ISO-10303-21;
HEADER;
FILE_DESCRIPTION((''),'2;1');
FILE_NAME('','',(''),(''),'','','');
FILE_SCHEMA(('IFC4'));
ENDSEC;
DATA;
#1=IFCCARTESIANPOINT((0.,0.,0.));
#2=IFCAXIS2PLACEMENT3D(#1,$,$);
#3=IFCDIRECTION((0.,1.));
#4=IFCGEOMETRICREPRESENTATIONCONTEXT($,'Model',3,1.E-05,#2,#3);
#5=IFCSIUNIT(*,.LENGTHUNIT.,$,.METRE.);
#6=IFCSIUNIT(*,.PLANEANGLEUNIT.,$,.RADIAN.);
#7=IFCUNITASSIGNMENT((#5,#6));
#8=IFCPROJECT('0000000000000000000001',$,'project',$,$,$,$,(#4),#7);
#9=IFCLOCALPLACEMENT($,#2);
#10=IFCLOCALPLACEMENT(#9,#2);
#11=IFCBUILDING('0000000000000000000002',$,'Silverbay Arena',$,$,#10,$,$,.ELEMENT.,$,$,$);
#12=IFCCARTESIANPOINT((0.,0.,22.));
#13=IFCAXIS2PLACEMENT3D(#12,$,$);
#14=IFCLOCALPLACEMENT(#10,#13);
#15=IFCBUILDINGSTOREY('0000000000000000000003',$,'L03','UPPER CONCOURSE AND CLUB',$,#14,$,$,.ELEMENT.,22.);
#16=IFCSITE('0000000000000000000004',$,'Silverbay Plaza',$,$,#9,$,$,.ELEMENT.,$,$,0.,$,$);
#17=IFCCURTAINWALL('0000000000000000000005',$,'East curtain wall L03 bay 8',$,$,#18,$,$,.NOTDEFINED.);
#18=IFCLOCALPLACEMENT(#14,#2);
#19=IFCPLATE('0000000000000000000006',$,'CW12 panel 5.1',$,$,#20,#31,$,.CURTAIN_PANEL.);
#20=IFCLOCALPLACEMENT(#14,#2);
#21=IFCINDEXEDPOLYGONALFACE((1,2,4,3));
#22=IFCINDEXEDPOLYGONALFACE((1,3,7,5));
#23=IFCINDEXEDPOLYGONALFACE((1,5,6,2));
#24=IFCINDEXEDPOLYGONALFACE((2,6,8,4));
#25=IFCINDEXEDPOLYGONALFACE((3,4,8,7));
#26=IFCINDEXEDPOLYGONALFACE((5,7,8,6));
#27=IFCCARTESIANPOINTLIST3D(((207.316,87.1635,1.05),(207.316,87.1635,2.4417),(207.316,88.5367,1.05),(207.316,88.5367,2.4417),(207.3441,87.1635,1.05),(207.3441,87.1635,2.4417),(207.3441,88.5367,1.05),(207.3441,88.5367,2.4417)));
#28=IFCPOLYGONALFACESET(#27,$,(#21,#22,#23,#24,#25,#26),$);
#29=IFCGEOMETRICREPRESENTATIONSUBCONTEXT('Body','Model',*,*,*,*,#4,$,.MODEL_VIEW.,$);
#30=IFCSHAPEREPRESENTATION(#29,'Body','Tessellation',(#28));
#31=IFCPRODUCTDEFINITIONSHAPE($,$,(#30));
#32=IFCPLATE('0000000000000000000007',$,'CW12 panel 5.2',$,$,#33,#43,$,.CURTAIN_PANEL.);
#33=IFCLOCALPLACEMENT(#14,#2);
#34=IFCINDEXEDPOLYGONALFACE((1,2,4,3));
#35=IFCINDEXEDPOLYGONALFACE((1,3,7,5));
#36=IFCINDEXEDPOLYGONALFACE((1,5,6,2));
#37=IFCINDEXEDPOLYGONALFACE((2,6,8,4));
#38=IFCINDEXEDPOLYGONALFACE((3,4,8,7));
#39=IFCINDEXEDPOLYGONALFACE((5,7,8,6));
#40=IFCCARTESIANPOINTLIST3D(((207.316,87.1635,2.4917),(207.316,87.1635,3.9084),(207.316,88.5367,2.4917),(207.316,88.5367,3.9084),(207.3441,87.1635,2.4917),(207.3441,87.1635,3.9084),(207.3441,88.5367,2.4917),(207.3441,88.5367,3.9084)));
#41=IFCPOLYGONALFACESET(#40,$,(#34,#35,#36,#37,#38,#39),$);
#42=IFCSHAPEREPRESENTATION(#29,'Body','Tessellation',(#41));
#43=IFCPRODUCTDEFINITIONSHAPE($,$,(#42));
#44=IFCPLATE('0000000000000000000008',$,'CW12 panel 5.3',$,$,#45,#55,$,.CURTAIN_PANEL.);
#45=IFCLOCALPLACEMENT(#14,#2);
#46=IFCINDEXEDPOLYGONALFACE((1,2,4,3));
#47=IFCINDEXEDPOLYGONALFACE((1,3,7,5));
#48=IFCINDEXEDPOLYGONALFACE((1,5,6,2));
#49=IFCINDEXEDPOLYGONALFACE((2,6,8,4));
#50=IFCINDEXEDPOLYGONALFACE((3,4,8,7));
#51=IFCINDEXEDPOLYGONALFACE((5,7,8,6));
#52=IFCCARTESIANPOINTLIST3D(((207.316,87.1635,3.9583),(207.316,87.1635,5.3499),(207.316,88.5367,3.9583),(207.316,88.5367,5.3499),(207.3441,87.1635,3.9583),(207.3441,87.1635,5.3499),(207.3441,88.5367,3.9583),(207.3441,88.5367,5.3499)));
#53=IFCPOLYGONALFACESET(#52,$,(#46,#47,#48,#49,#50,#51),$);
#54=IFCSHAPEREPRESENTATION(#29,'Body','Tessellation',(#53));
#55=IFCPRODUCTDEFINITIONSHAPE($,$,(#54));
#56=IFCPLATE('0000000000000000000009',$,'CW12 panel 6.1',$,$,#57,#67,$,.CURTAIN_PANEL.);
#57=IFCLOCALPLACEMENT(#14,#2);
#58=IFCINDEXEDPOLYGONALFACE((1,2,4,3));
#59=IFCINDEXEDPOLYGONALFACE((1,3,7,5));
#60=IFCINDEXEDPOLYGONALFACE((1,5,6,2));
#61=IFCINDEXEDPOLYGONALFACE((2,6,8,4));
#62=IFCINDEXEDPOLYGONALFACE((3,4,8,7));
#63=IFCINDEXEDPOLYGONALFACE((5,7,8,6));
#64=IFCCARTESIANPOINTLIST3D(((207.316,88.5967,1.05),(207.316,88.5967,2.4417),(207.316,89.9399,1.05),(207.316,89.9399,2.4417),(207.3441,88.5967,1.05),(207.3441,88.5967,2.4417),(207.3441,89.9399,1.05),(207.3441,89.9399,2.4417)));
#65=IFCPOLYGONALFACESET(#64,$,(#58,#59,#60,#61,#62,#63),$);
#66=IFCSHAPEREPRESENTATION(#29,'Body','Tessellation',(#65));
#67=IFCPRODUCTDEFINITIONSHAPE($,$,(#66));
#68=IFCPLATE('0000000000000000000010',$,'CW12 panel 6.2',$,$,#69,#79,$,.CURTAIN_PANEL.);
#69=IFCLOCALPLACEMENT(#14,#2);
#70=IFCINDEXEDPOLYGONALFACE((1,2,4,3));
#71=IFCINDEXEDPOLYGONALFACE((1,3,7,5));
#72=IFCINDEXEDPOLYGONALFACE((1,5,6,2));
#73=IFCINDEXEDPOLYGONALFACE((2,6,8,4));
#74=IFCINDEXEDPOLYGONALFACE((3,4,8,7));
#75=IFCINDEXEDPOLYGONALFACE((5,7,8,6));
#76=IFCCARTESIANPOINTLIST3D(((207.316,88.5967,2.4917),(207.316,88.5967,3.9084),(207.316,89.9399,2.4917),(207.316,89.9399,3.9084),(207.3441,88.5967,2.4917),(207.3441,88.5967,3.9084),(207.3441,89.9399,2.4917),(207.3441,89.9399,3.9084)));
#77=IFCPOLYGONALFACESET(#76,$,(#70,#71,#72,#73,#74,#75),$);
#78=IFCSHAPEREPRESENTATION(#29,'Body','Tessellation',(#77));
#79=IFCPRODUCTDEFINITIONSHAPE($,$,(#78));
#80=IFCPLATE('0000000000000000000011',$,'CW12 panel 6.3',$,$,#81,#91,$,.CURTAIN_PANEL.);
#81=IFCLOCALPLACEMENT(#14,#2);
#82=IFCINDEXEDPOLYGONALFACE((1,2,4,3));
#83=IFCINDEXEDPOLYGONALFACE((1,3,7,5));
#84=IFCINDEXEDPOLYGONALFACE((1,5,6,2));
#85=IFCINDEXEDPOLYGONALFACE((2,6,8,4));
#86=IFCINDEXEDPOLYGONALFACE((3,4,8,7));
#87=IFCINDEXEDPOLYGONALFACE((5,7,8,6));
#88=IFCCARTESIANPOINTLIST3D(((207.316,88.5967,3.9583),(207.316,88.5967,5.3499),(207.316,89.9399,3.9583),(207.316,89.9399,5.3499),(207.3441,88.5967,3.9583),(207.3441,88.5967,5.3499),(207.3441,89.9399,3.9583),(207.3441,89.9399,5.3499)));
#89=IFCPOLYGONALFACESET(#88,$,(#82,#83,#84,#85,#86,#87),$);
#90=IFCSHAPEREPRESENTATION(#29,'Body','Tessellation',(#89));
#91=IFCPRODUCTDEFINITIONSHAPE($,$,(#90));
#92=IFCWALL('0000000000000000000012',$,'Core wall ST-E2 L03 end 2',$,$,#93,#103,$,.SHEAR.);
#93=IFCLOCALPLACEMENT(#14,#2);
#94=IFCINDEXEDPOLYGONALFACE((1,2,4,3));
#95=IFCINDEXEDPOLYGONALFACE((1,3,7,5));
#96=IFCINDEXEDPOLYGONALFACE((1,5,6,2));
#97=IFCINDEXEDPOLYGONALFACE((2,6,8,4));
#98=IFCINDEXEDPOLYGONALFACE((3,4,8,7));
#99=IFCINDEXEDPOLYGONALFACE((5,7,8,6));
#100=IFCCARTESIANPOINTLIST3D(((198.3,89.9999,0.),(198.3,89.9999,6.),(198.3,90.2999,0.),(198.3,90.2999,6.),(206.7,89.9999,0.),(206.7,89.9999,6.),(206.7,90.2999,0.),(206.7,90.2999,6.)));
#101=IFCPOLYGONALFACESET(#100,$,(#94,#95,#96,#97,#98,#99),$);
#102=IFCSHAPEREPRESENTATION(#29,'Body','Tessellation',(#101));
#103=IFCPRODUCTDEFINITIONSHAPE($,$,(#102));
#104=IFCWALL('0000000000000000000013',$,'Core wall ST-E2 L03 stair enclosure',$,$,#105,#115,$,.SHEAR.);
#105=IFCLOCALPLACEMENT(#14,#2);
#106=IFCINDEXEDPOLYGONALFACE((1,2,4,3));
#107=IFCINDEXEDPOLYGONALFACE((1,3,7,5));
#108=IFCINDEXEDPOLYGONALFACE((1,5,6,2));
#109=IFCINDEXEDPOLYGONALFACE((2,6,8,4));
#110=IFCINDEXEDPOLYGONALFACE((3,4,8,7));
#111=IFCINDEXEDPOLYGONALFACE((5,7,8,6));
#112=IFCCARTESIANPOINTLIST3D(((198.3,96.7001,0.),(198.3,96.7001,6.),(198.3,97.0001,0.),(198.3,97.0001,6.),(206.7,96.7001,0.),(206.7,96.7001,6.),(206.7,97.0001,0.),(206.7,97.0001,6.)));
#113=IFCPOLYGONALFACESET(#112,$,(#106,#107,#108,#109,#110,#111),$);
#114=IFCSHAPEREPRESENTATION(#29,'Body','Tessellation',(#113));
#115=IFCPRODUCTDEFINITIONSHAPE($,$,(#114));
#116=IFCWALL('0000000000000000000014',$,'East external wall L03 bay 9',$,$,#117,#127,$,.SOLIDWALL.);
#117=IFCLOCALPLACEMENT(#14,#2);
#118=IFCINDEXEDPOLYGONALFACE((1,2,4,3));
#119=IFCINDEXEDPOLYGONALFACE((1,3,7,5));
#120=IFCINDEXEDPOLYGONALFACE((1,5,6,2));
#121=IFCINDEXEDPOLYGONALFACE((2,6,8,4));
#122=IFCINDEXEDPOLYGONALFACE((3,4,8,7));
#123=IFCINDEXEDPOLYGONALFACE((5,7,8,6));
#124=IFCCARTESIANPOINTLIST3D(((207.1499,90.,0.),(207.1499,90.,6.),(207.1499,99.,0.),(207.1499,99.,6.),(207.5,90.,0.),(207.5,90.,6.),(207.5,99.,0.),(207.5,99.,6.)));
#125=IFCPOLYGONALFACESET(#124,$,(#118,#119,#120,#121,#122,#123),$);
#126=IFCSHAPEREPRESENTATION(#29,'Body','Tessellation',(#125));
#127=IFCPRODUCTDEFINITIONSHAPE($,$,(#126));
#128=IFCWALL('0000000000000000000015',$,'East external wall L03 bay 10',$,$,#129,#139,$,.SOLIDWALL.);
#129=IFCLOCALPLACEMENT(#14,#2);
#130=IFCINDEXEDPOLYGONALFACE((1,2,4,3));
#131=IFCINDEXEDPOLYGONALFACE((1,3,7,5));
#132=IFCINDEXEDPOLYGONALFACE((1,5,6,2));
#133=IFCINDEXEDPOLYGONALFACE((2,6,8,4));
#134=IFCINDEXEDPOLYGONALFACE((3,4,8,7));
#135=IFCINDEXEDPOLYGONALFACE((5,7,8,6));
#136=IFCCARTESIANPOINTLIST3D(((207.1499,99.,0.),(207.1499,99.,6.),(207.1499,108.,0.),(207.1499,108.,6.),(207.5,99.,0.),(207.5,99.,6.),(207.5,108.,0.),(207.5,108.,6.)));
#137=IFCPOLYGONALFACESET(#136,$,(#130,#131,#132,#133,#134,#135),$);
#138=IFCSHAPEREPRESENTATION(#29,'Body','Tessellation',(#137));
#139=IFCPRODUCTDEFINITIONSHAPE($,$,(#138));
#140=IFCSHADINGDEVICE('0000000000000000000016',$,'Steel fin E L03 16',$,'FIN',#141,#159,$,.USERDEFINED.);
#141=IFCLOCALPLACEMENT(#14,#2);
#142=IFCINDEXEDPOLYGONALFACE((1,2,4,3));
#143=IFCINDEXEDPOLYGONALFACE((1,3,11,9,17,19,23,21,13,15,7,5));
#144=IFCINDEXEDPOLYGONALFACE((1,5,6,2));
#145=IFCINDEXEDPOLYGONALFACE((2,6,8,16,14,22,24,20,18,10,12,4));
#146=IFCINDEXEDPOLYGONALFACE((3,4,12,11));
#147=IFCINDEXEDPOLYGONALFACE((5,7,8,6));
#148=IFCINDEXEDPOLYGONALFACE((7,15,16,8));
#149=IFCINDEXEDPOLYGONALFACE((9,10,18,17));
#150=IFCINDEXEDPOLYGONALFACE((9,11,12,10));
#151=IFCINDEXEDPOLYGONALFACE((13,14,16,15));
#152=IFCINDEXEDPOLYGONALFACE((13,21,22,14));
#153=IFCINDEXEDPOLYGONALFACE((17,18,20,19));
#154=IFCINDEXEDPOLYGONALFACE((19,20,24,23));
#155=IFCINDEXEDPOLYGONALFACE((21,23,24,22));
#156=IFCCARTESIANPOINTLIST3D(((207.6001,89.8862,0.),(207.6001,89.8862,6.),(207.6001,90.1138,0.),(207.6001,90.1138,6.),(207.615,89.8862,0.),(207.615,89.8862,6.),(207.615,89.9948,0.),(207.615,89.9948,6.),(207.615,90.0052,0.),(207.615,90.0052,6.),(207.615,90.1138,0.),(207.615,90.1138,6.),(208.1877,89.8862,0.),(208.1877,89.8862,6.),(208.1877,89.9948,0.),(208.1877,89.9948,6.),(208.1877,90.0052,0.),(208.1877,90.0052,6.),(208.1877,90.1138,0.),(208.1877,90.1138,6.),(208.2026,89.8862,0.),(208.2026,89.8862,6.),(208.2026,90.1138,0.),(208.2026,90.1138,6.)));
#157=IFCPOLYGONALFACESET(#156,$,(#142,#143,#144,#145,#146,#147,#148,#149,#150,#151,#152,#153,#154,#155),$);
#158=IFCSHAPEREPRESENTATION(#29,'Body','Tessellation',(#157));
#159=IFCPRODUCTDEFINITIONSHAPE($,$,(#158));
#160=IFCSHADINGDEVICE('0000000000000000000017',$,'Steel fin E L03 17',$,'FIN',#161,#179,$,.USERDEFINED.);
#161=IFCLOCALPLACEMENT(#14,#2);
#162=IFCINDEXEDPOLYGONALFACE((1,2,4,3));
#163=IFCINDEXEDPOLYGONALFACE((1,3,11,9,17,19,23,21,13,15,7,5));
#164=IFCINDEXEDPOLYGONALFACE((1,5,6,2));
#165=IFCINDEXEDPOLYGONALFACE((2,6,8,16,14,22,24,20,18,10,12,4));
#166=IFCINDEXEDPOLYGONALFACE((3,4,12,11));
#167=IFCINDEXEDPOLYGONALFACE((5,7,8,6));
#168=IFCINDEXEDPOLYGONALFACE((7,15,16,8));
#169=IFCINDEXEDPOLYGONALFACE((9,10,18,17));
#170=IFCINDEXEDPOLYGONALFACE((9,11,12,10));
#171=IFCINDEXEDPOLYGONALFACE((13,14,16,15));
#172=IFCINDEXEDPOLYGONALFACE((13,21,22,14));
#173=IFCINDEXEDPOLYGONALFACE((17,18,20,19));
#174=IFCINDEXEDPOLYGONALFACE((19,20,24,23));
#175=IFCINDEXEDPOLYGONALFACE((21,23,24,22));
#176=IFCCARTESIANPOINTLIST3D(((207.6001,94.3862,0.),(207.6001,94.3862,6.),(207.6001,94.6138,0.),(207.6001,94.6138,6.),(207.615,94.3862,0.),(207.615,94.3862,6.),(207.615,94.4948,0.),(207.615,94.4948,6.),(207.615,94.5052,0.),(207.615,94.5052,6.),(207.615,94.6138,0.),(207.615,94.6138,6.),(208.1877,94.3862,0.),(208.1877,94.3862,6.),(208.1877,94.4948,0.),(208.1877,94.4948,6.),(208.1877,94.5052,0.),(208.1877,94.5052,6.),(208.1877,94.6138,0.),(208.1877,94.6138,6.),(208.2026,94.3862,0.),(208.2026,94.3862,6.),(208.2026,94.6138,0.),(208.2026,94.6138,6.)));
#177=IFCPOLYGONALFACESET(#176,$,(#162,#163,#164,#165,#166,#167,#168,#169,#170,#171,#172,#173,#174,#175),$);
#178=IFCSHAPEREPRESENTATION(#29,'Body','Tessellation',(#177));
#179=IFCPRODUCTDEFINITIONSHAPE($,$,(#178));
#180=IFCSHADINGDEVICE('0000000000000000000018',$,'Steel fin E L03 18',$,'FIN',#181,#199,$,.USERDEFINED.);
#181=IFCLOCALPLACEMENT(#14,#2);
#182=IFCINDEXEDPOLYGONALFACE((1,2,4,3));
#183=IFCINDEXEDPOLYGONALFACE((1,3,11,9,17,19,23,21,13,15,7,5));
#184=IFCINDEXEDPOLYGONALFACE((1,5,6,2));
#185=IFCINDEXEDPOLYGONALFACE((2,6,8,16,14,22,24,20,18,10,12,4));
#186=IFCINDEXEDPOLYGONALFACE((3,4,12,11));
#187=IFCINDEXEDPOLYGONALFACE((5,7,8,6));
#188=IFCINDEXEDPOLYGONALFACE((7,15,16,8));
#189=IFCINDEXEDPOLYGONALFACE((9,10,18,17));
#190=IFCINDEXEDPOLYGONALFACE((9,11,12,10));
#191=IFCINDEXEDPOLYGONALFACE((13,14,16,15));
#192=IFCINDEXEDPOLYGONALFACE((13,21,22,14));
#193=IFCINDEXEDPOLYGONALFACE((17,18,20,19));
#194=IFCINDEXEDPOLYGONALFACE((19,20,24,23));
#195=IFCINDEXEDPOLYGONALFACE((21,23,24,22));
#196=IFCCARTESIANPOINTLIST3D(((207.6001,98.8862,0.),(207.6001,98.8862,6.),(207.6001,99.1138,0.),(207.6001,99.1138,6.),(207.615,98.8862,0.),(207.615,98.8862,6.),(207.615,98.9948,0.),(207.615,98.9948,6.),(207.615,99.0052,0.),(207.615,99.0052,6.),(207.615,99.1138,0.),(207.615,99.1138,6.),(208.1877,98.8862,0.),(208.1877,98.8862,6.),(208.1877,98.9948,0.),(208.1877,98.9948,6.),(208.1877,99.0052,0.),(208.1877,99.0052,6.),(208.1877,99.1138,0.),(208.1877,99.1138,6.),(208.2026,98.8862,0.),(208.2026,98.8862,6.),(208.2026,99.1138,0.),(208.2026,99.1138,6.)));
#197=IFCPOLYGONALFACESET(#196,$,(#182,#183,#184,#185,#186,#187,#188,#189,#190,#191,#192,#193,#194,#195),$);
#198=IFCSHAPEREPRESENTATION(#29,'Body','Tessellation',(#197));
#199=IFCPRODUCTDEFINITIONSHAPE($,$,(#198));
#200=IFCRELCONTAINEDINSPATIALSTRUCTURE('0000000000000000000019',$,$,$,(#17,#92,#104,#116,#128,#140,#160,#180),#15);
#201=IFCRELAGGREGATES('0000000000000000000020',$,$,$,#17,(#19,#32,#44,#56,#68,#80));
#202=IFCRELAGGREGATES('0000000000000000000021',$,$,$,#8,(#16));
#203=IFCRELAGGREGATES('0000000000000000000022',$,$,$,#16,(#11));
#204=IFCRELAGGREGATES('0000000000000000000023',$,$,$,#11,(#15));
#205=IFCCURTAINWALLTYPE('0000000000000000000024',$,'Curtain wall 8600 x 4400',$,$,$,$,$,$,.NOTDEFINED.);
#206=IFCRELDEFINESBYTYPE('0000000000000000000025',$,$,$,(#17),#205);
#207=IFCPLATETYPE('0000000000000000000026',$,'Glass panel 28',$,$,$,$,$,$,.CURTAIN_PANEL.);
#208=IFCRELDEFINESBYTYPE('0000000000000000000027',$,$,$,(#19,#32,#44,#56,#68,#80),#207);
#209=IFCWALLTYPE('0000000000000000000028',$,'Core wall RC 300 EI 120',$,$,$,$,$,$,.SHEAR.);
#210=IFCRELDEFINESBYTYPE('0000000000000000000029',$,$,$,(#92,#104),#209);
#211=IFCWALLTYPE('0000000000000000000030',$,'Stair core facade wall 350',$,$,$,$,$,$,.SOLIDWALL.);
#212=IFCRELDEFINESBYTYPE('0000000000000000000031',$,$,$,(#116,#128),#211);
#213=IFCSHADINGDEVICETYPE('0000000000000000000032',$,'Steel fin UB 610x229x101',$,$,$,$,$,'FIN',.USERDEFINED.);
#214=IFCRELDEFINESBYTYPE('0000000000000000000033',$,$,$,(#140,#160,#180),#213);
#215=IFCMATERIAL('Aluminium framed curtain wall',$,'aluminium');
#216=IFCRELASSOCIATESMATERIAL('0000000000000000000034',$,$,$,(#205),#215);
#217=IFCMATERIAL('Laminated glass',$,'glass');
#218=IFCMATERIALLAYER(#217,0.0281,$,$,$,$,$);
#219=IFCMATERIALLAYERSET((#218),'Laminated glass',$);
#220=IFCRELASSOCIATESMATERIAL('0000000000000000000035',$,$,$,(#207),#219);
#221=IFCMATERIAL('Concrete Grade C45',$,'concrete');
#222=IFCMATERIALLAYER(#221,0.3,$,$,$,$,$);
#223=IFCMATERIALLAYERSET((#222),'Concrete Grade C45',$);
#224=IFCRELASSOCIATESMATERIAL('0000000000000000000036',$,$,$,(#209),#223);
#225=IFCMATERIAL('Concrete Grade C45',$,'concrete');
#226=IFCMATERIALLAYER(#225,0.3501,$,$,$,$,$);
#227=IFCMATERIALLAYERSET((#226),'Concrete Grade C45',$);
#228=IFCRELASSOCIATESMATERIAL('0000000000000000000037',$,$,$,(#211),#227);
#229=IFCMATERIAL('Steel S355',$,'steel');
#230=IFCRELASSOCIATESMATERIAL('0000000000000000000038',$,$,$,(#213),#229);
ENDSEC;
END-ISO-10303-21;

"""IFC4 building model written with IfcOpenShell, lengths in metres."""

from ifc_helpers import new_model, si_unit, direction, frame, frame_2d, origin, origin_2d, place, context, subcontext, project, spatial, rectangle, i_section, extrude, material, layer, layer_set, material_profile, profile_set, type_object, element, aggregate, save


model = new_model("IFC4")

# Units and contexts
model_context = context("Model", 3, precision=1e-05, world=origin(), true_north=direction((0.0, 1.0)))
body_context = subcontext(model_context, "Body", "Model", "MODEL_VIEW")
ifc_project = project(units=[si_unit("LENGTHUNIT", "METRE"), si_unit("PLANEANGLEUNIT", "RADIAN")], contexts=[model_context])

# Site, building, storey
site_placement = place(None, origin())
site = spatial("IfcSite", under=ifc_project, at=site_placement, Name="Silverbay Plaza", CompositionType="ELEMENT", RefElevation=0.0)
building_placement = place(site_placement, origin())
building = spatial("IfcBuilding", under=site, at=building_placement, Name="Silverbay Arena", CompositionType="ELEMENT")
storey_placement = place(building_placement, frame((0.0, 0.0, 22.0)))
storey = spatial("IfcBuildingStorey", under=building, at=storey_placement, Name="L03", Description="UPPER CONCOURSE AND CLUB", CompositionType="ELEMENT", Elevation=22.0)

# Curtain wall, plates
ifc_material_1 = material(Name="Aluminium framed curtain wall", Category="aluminium")
curtain_wall_type = type_object("IfcCurtainWallType", Name="Curtain wall 8600 x 4400", PredefinedType="NOTDEFINED", material=ifc_material_1)
curtain_wall_placement = place(storey_placement, origin())
curtain_wall = element("IfcCurtainWall", 1, at=curtain_wall_placement, inside=storey, type_object=curtain_wall_type, Name="East curtain wall L03 bay 8", PredefinedType="NOTDEFINED")
ifc_material_2 = material(Name="Laminated glass", Category="glass")
ifc_layer_1 = layer(ifc_material_2, 0.0281)
ifc_layer_set_1 = layer_set([ifc_layer_1], Name="Laminated glass")
plate_type = type_object("IfcPlateType", Name="Glass panel 28", PredefinedType="CURTAIN_PANEL", material=ifc_layer_set_1)
plate_1_placement = place(storey_placement, frame((207.3301, 87.8501, 1.05), z_axis=(0.0, 0.0, 1.0), x_axis=(0.0, 1.0, 0.0)))
plate_1 = element("IfcPlate", 2, at=plate_1_placement, type_object=plate_type, Name="CW12 panel 5.1", PredefinedType="CURTAIN_PANEL", context=body_context, shape_type="SweptSolid", body=[
    extrude(rectangle(XDim=1.3733, YDim=0.0281, at=origin_2d()), origin(), (0.0, 0.0, 1.0), 1.3916),
])
plate_2_placement = place(storey_placement, frame((207.3301, 87.8501, 2.4917), z_axis=(0.0, 0.0, 1.0), x_axis=(0.0, 1.0, 0.0)))
plate_2 = element("IfcPlate", 3, at=plate_2_placement, type_object=plate_type, Name="CW12 panel 5.2", PredefinedType="CURTAIN_PANEL", context=body_context, shape_type="SweptSolid", body=[
    extrude(rectangle(XDim=1.3733, YDim=0.0281, at=origin_2d()), origin(), (0.0, 0.0, 1.0), 1.4167),
])
plate_3_placement = place(storey_placement, frame((207.3301, 87.8501, 3.9583), z_axis=(0.0, 0.0, 1.0), x_axis=(0.0, 1.0, 0.0)))
plate_3 = element("IfcPlate", 4, at=plate_3_placement, type_object=plate_type, Name="CW12 panel 5.3", PredefinedType="CURTAIN_PANEL", context=body_context, shape_type="SweptSolid", body=[
    extrude(rectangle(XDim=1.3733, YDim=0.0281, at=origin_2d()), origin(), (0.0, 0.0, 1.0), 1.3916),
])
plate_4_placement = place(storey_placement, frame((207.3301, 89.2683, 1.05), z_axis=(0.0, 0.0, 1.0), x_axis=(0.0, 1.0, 0.0)))
plate_4 = element("IfcPlate", 5, at=plate_4_placement, type_object=plate_type, Name="CW12 panel 6.1", PredefinedType="CURTAIN_PANEL", context=body_context, shape_type="SweptSolid", body=[
    extrude(rectangle(XDim=1.3433, YDim=0.0281, at=origin_2d()), origin(), (0.0, 0.0, 1.0), 1.3916),
])
plate_5_placement = place(storey_placement, frame((207.3301, 89.2683, 2.4917), z_axis=(0.0, 0.0, 1.0), x_axis=(0.0, 1.0, 0.0)))
plate_5 = element("IfcPlate", 6, at=plate_5_placement, type_object=plate_type, Name="CW12 panel 6.2", PredefinedType="CURTAIN_PANEL", context=body_context, shape_type="SweptSolid", body=[
    extrude(rectangle(XDim=1.3433, YDim=0.0281, at=origin_2d()), origin(), (0.0, 0.0, 1.0), 1.4167),
])
plate_6_placement = place(storey_placement, frame((207.3301, 89.2683, 3.9583), z_axis=(0.0, 0.0, 1.0), x_axis=(0.0, 1.0, 0.0)))
plate_6 = element("IfcPlate", 7, at=plate_6_placement, type_object=plate_type, Name="CW12 panel 6.3", PredefinedType="CURTAIN_PANEL", context=body_context, shape_type="SweptSolid", body=[
    extrude(rectangle(XDim=1.3433, YDim=0.0281, at=origin_2d()), origin(), (0.0, 0.0, 1.0), 1.3916),
])
aggregate(curtain_wall, [plate_1, plate_2, plate_3, plate_4, plate_5, plate_6])

# Walls
ifc_material_3 = material(Name="Concrete Grade C45", Category="concrete")
ifc_layer_2 = layer(ifc_material_3, 0.3)
ifc_layer_set_2 = layer_set([ifc_layer_2], Name="Concrete Grade C45")
wall_type_1 = type_object("IfcWallType", Name="Core wall RC 300 EI 120", PredefinedType="SHEAR", material=ifc_layer_set_2)
for number, where, z_axis, x_axis, name in (
    (8, (198.3, 90.1499, 0.0), (0.0, 0.0, 1.0), (1.0, 0.0, 0.0), "Core wall ST-E2 L03 end 2"),
    (9, (198.3, 96.8501, 0.0), (0.0, 0.0, 1.0), (1.0, 0.0, 0.0), "Core wall ST-E2 L03 stair enclosure"),
):
    element("IfcWall", number, at=place(storey_placement, frame(where, z_axis=z_axis, x_axis=x_axis)), inside=storey, type_object=wall_type_1, Name=name, PredefinedType="SHEAR", context=body_context, shape_type="SweptSolid", body=[
        extrude(rectangle(XDim=8.3999, YDim=0.3, at=frame_2d((4.2, 0.0))), origin(), (0.0, 0.0, 1.0), 6.0),
    ])
ifc_material_4 = material(Name="Concrete Grade C45", Category="concrete")
ifc_layer_3 = layer(ifc_material_4, 0.3501)
ifc_layer_set_3 = layer_set([ifc_layer_3], Name="Concrete Grade C45")
wall_type_2 = type_object("IfcWallType", Name="Stair core facade wall 350", PredefinedType="SOLIDWALL", material=ifc_layer_set_3)
for number, where, z_axis, x_axis, name in (
    (10, (207.325, 90.0, 0.0), (0.0, 0.0, 1.0), (0.0, 1.0, 0.0), "East external wall L03 bay 9"),
    (11, (207.325, 99.0, 0.0), (0.0, 0.0, 1.0), (0.0, 1.0, 0.0), "East external wall L03 bay 10"),
):
    element("IfcWall", number, at=place(storey_placement, frame(where, z_axis=z_axis, x_axis=x_axis)), inside=storey, type_object=wall_type_2, Name=name, PredefinedType="SOLIDWALL", context=body_context, shape_type="SweptSolid", body=[
        extrude(rectangle(XDim=9.0, YDim=0.3501, at=frame_2d((4.5, 0.0))), origin(), (0.0, 0.0, 1.0), 6.0),
    ])

# Shading devices
ifc_material_5 = material(Name="Steel S355", Category="steel")
ifc_material_profile_1 = material_profile(ifc_material_5, i_section(OverallWidth=0.2275, OverallDepth=0.6025, WebThickness=0.0105, FlangeThickness=0.0149, at=origin_2d()), Name="UB 610x229x101")
ifc_profile_set_1 = profile_set([ifc_material_profile_1], Name="Steel S355")
shading_device_type = type_object("IfcShadingDeviceType", Name="Steel fin UB 610x229x101", ElementType="FIN", PredefinedType="USERDEFINED", material=ifc_profile_set_1)
for number, where, z_axis, x_axis, name in (
    (12, (207.9014, 90.0, 0.0), (0.0, 0.0, 1.0), (0.0, 1.0, 0.0), "Steel fin E L03 16"),
    (13, (207.9014, 94.5, 0.0), (0.0, 0.0, 1.0), (0.0, 1.0, 0.0), "Steel fin E L03 17"),
    (14, (207.9014, 99.0, 0.0), (0.0, 0.0, 1.0), (0.0, 1.0, 0.0), "Steel fin E L03 18"),
):
    element("IfcShadingDevice", number, at=place(storey_placement, frame(where, z_axis=z_axis, x_axis=x_axis)), inside=storey, type_object=shading_device_type, Name=name, ObjectType="FIN", PredefinedType="USERDEFINED", context=body_context, shape_type="SweptSolid", body=[
        extrude(i_section(OverallWidth=0.2275, OverallDepth=0.6025, WebThickness=0.0105, FlangeThickness=0.0149, at=origin_2d()), origin(), (0.0, 0.0, 1.0), 6.0),
    ])

save(model, "model.ifc")
